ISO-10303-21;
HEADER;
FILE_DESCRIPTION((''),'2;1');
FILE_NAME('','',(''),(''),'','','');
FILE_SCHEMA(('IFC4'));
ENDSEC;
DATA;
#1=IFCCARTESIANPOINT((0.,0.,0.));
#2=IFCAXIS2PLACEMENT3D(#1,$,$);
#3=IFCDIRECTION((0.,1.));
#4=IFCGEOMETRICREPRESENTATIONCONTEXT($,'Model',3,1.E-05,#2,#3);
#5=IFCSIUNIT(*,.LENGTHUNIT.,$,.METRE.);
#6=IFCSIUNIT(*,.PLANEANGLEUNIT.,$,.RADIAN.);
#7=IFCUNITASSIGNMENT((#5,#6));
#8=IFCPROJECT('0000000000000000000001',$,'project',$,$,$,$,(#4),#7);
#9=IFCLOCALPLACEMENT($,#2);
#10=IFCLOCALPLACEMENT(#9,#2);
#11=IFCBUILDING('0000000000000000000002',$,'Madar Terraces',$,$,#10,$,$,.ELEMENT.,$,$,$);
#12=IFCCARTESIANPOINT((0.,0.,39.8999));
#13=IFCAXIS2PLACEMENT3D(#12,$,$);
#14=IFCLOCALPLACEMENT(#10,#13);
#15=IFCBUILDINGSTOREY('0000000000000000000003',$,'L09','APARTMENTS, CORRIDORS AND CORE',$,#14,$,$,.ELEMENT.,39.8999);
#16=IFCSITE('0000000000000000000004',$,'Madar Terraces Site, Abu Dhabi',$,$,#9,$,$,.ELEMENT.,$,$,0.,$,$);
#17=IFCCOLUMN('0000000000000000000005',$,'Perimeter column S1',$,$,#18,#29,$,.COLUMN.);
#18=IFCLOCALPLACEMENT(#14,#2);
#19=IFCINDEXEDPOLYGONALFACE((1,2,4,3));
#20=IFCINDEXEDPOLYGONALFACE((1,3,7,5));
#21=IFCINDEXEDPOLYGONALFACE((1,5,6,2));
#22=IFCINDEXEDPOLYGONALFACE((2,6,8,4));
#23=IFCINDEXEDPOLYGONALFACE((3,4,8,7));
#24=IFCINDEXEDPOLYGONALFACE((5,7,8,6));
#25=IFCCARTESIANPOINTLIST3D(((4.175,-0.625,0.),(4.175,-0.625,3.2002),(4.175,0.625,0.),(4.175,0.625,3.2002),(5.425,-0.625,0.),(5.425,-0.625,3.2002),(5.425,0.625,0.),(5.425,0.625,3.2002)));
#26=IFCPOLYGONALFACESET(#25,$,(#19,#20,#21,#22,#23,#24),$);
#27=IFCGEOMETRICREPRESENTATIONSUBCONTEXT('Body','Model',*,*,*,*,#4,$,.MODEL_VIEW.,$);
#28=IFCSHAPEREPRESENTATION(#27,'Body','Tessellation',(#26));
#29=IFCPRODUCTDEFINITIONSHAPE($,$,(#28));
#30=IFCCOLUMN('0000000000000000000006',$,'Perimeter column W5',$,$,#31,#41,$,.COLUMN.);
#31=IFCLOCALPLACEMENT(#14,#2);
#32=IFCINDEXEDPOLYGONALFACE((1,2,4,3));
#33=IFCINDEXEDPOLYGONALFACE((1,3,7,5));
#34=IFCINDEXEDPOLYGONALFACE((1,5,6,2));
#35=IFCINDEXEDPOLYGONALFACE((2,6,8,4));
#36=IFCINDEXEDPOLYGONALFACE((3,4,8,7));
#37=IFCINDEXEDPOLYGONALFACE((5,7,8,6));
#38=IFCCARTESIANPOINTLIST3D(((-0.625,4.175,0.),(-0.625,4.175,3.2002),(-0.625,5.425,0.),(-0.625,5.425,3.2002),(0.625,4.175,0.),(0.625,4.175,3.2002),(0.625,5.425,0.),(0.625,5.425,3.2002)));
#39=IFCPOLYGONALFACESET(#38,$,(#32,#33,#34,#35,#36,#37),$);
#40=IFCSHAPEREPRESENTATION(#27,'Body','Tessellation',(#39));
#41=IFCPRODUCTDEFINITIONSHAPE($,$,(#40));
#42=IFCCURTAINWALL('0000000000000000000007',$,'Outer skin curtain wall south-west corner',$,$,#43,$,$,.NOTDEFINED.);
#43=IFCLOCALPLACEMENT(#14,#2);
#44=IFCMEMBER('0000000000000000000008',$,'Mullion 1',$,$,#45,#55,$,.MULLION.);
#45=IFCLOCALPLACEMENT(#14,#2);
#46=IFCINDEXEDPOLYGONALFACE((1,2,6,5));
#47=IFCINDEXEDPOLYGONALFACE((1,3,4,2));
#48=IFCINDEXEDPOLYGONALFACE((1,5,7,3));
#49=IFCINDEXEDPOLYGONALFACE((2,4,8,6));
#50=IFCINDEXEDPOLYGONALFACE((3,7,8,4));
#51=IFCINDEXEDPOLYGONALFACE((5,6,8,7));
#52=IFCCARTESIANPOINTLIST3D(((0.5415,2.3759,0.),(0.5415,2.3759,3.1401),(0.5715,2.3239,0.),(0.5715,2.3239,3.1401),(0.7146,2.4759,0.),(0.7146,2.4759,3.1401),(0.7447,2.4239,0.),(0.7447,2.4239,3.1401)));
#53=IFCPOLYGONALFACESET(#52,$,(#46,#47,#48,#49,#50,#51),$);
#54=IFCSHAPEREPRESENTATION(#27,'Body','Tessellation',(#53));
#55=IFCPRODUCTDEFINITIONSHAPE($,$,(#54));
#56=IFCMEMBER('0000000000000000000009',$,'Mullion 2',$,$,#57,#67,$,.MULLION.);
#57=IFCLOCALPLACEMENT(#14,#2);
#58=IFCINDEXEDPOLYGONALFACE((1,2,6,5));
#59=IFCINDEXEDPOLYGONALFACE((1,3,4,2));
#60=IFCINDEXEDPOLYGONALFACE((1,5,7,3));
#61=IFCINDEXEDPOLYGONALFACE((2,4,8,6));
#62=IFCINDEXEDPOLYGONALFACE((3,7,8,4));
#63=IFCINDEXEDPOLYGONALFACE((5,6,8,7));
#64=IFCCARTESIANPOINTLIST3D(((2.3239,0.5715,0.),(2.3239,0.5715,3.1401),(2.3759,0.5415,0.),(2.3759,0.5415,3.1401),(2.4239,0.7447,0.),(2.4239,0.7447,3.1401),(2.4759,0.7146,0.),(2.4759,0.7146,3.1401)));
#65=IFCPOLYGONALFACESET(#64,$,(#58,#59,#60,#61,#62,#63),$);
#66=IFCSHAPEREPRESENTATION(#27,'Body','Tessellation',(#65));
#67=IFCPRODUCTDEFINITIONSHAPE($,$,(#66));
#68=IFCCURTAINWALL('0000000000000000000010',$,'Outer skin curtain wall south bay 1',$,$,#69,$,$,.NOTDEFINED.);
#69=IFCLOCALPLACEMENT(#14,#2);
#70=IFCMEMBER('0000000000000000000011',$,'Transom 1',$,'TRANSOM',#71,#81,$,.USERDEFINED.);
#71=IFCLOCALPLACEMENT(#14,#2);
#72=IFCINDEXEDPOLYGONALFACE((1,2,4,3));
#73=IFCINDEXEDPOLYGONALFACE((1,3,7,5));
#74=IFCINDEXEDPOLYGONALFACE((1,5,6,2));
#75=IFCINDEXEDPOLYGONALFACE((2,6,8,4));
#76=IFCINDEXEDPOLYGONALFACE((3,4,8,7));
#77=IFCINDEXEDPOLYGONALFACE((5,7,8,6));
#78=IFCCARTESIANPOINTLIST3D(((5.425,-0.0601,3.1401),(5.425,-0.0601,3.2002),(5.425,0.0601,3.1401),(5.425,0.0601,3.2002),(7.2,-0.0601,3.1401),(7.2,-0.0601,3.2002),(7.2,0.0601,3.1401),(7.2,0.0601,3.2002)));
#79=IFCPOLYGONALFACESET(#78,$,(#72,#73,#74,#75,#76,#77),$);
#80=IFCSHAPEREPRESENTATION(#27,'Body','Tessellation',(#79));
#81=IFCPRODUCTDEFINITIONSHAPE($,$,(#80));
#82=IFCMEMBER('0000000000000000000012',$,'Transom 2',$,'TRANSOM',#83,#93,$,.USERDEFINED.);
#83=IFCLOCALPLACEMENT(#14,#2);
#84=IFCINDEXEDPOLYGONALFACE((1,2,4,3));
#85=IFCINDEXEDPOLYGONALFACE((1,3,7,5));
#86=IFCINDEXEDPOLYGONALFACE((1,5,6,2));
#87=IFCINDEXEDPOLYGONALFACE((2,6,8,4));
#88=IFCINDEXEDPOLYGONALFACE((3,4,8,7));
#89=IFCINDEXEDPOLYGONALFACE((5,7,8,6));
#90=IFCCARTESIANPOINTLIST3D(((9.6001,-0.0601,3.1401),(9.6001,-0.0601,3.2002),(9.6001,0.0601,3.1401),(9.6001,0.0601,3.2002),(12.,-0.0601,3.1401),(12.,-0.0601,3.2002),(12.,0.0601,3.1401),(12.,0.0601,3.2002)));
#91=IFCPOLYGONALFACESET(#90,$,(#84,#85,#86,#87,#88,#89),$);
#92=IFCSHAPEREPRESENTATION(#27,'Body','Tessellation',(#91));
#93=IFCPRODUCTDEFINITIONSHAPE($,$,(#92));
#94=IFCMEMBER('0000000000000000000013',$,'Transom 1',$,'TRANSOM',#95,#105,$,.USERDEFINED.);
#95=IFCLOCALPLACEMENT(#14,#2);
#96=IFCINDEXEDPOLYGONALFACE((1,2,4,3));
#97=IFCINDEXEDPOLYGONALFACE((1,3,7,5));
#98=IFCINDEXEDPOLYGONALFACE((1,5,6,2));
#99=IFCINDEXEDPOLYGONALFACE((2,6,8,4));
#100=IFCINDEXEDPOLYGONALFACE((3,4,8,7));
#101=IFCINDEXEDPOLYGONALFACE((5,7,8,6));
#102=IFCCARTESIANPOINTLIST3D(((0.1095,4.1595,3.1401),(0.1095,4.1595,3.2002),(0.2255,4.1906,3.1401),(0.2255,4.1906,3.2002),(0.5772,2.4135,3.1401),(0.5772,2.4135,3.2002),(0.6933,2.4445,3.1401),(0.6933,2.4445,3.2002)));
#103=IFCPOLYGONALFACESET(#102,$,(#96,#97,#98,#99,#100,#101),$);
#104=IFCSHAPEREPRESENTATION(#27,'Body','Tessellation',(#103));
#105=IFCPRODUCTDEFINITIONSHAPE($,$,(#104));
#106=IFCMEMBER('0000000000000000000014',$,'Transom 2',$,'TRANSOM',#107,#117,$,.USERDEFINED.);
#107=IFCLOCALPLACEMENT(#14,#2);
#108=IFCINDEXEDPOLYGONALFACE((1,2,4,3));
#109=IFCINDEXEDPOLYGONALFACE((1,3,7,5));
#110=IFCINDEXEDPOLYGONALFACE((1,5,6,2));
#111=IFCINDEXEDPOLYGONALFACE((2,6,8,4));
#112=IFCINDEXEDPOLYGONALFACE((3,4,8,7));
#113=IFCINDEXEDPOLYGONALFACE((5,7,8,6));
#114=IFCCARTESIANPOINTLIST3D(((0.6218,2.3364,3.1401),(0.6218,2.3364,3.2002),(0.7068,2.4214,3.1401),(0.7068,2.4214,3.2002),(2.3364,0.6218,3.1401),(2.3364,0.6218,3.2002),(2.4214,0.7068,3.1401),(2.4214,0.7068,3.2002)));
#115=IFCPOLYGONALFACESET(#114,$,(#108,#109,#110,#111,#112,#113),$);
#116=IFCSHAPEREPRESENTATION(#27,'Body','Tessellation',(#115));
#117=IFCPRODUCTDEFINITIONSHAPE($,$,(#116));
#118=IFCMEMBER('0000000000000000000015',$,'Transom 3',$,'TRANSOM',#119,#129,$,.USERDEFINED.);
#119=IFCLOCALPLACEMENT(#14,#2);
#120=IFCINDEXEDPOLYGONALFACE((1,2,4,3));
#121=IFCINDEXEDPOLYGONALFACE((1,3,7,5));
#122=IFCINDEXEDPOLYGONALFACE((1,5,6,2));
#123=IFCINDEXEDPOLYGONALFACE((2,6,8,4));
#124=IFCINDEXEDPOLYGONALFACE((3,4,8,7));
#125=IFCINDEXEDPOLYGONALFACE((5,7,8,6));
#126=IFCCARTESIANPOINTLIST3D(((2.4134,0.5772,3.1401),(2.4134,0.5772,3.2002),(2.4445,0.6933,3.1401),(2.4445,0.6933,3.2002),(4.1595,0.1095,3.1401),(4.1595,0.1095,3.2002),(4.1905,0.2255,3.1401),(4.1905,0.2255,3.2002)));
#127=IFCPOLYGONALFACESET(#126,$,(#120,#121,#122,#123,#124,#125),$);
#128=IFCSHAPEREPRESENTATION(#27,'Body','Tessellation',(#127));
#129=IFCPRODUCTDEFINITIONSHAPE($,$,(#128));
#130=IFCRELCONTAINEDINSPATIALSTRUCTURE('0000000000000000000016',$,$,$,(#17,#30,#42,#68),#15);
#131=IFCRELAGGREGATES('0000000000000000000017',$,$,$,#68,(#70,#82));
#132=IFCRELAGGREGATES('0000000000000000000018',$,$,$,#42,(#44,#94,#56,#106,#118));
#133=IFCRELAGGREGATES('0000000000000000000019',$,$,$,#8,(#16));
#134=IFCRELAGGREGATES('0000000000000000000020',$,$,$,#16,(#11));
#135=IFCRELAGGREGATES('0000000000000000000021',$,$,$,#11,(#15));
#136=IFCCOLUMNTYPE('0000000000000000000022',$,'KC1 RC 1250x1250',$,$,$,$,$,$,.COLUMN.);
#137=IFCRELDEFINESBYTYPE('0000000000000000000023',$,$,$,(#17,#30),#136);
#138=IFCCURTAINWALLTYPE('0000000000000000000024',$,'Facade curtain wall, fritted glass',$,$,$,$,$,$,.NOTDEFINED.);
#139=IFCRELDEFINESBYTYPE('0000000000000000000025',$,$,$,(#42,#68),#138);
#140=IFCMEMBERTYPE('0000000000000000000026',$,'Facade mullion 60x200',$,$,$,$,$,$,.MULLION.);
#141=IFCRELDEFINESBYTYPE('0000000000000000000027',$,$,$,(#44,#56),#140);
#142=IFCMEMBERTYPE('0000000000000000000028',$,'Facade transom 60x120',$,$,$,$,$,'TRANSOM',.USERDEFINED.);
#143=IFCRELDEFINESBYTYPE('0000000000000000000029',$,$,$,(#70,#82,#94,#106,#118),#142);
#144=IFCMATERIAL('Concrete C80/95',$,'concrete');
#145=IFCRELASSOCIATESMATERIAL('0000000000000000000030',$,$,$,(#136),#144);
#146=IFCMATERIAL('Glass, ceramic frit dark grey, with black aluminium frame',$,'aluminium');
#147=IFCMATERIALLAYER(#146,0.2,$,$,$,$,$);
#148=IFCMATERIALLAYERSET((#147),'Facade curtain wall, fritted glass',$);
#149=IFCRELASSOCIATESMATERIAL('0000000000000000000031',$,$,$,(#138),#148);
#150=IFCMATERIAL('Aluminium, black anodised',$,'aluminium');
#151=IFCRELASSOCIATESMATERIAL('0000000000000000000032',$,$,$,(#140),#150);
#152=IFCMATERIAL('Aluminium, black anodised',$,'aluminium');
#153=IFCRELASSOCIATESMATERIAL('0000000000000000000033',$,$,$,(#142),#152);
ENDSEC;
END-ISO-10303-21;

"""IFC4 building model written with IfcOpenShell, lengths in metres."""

from ifc_helpers import new_model, si_unit, direction, frame, origin, origin_2d, place, context, subcontext, project, spatial, rectangle, extrude, material, layer, layer_set, material_profile, profile_set, type_object, element, aggregate, save


model = new_model("IFC4")

# Units and contexts
model_context = context("Model", 3, precision=1e-05, world=origin(), true_north=direction((0.0, 1.0)))
body_context = subcontext(model_context, "Body", "Model", "MODEL_VIEW")
ifc_project = project(units=[si_unit("LENGTHUNIT", "METRE"), si_unit("PLANEANGLEUNIT", "RADIAN")], contexts=[model_context])

# Site, building, storey
site_placement = place(None, origin())
site = spatial("IfcSite", under=ifc_project, at=site_placement, Name="Madar Terraces Site, Abu Dhabi", CompositionType="ELEMENT", RefElevation=0.0)
building_placement = place(site_placement, origin())
building = spatial("IfcBuilding", under=site, at=building_placement, Name="Madar Terraces", CompositionType="ELEMENT")
storey_placement = place(building_placement, frame((0.0, 0.0, 39.8999)))
storey = spatial("IfcBuildingStorey", under=building, at=storey_placement, Name="L09", Description="APARTMENTS, CORRIDORS AND CORE", CompositionType="ELEMENT", Elevation=39.8999)

# Columns
ifc_material_1 = material(Name="Concrete C80/95", Category="concrete")
ifc_material_profile_1 = material_profile(ifc_material_1, rectangle(XDim=1.25, YDim=1.25, at=origin_2d()), Name="KC1 RC 1250x1250")
ifc_profile_set_1 = profile_set([ifc_material_profile_1], Name="Concrete C80/95")
column_type = type_object("IfcColumnType", Name="KC1 RC 1250x1250", PredefinedType="COLUMN", material=ifc_profile_set_1)
for number, where, z_axis, x_axis, name in (
    (1, (4.8, 0.0, 0.0), (0.0, 0.0, 1.0), (1.0, 0.0, 0.0), "Perimeter column S1"),
    (2, (0.0, 4.8, 0.0), (0.0, 0.0, 1.0), (1.0, 0.0, 0.0), "Perimeter column W5"),
):
    element("IfcColumn", number, at=place(storey_placement, frame(where, z_axis=z_axis, x_axis=x_axis)), inside=storey, type_object=column_type, Name=name, PredefinedType="COLUMN", context=body_context, shape_type="SweptSolid", body=[
        extrude(rectangle(XDim=1.25, YDim=1.25, at=origin_2d()), origin(), (0.0, 0.0, 1.0), 3.2002),
    ])

# Curtain walls, members
ifc_material_2 = material(Name="Glass, ceramic frit dark grey, with black aluminium frame", Category="aluminium")
ifc_layer_1 = layer(ifc_material_2, 0.2)
ifc_layer_set_1 = layer_set([ifc_layer_1], Name="Facade curtain wall, fritted glass")
curtain_wall_type = type_object("IfcCurtainWallType", Name="Facade curtain wall, fritted glass", PredefinedType="NOTDEFINED", material=ifc_layer_set_1)
curtain_wall_1_placement = place(storey_placement, origin())
curtain_wall_1 = element("IfcCurtainWall", 3, at=curtain_wall_1_placement, inside=storey, type_object=curtain_wall_type, Name="Outer skin curtain wall south-west corner", PredefinedType="NOTDEFINED")
ifc_material_3 = material(Name="Aluminium, black anodised", Category="aluminium")
ifc_material_profile_2 = material_profile(ifc_material_3, rectangle(XDim=0.2, YDim=0.0601, at=origin_2d()), Name="Facade mullion 60x200")
ifc_profile_set_2 = profile_set([ifc_material_profile_2], Name="Aluminium, black anodised")
member_type_1 = type_object("IfcMemberType", Name="Facade mullion 60x200", PredefinedType="MULLION", material=ifc_profile_set_2)
member_1_placement = place(storey_placement, frame((0.6431, 2.3999, 0.0), z_axis=(0.0, 0.0, 1.0), x_axis=(0.866025, 0.5, 0.0)))
member_1 = element("IfcMember", 4, at=member_1_placement, type_object=member_type_1, Name="Mullion 1", PredefinedType="MULLION", context=body_context, shape_type="SweptSolid", body=[
    extrude(rectangle(XDim=0.2, YDim=0.0601, at=origin_2d()), origin(), (0.0, 0.0, 1.0), 3.1401),
])
member_2_placement = place(storey_placement, frame((2.3999, 0.6431, 0.0), z_axis=(0.0, 0.0, 1.0), x_axis=(0.5, 0.866025, 0.0)))
member_2 = element("IfcMember", 5, at=member_2_placement, type_object=member_type_1, Name="Mullion 2", PredefinedType="MULLION", context=body_context, shape_type="SweptSolid", body=[
    extrude(rectangle(XDim=0.2, YDim=0.0601, at=origin_2d()), origin(), (0.0, 0.0, 1.0), 3.1401),
])
curtain_wall_2_placement = place(storey_placement, origin())
curtain_wall_2 = element("IfcCurtainWall", 6, at=curtain_wall_2_placement, inside=storey, type_object=curtain_wall_type, Name="Outer skin curtain wall south bay 1", PredefinedType="NOTDEFINED")
ifc_material_4 = material(Name="Aluminium, black anodised", Category="aluminium")
ifc_material_profile_3 = material_profile(ifc_material_4, rectangle(XDim=0.1201, YDim=0.0601, at=origin_2d()), Name="Facade transom 60x120")
ifc_profile_set_3 = profile_set([ifc_material_profile_3], Name="Aluminium, black anodised")
member_type_2 = type_object("IfcMemberType", Name="Facade transom 60x120", ElementType="TRANSOM", PredefinedType="USERDEFINED", material=ifc_profile_set_3)
member_3_placement = place(storey_placement, frame((5.425, 0.0, 3.1702), z_axis=(1.0, 0.0, 0.0), x_axis=(0.0, 1.0, 0.0)))
member_3 = element("IfcMember", 7, at=member_3_placement, type_object=member_type_2, Name="Transom 1", ObjectType="TRANSOM", PredefinedType="USERDEFINED", context=body_context, shape_type="SweptSolid", body=[
    extrude(rectangle(XDim=0.1201, YDim=0.0601, at=origin_2d()), origin(), (0.0, 0.0, 1.0), 1.7749),
])
member_4_placement = place(storey_placement, frame((9.6001, 0.0, 3.1702), z_axis=(1.0, 0.0, 0.0), x_axis=(0.0, 1.0, 0.0)))
member_4 = element("IfcMember", 8, at=member_4_placement, type_object=member_type_2, Name="Transom 2", ObjectType="TRANSOM", PredefinedType="USERDEFINED", context=body_context, shape_type="SweptSolid", body=[
    extrude(rectangle(XDim=0.1201, YDim=0.0601, at=origin_2d()), origin(), (0.0, 0.0, 1.0), 2.3999),
])

# Members
member_5_placement = place(storey_placement, frame((0.1675, 4.175, 3.1702), z_axis=(0.258772, -0.965938, 0.0), x_axis=(0.965938, 0.258772, 0.0)))
member_5 = element("IfcMember", 9, at=member_5_placement, type_object=member_type_2, Name="Transom 1", ObjectType="TRANSOM", PredefinedType="USERDEFINED", context=body_context, shape_type="SweptSolid", body=[
    extrude(rectangle(XDim=0.1201, YDim=0.0601, at=origin_2d()), origin(), (0.0, 0.0, 1.0), 1.8076),
])
member_6_placement = place(storey_placement, frame((0.6643, 2.3789, 3.1702), z_axis=(0.707107, -0.707107, 0.0), x_axis=(0.707107, 0.707107, 0.0)))
member_6 = element("IfcMember", 10, at=member_6_placement, type_object=member_type_2, Name="Transom 2", ObjectType="TRANSOM", PredefinedType="USERDEFINED", context=body_context, shape_type="SweptSolid", body=[
    extrude(rectangle(XDim=0.1201, YDim=0.0601, at=origin_2d()), origin(), (0.0, 0.0, 1.0), 2.4248),
])
member_7_placement = place(storey_placement, frame((2.429, 0.6353, 3.1702), z_axis=(0.965938, -0.258772, 0.0), x_axis=(0.258772, 0.965938, 0.0)))
member_7 = element("IfcMember", 11, at=member_7_placement, type_object=member_type_2, Name="Transom 3", ObjectType="TRANSOM", PredefinedType="USERDEFINED", context=body_context, shape_type="SweptSolid", body=[
    extrude(rectangle(XDim=0.1201, YDim=0.0601, at=origin_2d()), origin(), (0.0, 0.0, 1.0), 1.8076),
])

aggregate(curtain_wall_2, [member_3, member_4])
aggregate(curtain_wall_1, [member_1, member_5, member_2, member_6, member_7])

save(model, "model.ifc")
